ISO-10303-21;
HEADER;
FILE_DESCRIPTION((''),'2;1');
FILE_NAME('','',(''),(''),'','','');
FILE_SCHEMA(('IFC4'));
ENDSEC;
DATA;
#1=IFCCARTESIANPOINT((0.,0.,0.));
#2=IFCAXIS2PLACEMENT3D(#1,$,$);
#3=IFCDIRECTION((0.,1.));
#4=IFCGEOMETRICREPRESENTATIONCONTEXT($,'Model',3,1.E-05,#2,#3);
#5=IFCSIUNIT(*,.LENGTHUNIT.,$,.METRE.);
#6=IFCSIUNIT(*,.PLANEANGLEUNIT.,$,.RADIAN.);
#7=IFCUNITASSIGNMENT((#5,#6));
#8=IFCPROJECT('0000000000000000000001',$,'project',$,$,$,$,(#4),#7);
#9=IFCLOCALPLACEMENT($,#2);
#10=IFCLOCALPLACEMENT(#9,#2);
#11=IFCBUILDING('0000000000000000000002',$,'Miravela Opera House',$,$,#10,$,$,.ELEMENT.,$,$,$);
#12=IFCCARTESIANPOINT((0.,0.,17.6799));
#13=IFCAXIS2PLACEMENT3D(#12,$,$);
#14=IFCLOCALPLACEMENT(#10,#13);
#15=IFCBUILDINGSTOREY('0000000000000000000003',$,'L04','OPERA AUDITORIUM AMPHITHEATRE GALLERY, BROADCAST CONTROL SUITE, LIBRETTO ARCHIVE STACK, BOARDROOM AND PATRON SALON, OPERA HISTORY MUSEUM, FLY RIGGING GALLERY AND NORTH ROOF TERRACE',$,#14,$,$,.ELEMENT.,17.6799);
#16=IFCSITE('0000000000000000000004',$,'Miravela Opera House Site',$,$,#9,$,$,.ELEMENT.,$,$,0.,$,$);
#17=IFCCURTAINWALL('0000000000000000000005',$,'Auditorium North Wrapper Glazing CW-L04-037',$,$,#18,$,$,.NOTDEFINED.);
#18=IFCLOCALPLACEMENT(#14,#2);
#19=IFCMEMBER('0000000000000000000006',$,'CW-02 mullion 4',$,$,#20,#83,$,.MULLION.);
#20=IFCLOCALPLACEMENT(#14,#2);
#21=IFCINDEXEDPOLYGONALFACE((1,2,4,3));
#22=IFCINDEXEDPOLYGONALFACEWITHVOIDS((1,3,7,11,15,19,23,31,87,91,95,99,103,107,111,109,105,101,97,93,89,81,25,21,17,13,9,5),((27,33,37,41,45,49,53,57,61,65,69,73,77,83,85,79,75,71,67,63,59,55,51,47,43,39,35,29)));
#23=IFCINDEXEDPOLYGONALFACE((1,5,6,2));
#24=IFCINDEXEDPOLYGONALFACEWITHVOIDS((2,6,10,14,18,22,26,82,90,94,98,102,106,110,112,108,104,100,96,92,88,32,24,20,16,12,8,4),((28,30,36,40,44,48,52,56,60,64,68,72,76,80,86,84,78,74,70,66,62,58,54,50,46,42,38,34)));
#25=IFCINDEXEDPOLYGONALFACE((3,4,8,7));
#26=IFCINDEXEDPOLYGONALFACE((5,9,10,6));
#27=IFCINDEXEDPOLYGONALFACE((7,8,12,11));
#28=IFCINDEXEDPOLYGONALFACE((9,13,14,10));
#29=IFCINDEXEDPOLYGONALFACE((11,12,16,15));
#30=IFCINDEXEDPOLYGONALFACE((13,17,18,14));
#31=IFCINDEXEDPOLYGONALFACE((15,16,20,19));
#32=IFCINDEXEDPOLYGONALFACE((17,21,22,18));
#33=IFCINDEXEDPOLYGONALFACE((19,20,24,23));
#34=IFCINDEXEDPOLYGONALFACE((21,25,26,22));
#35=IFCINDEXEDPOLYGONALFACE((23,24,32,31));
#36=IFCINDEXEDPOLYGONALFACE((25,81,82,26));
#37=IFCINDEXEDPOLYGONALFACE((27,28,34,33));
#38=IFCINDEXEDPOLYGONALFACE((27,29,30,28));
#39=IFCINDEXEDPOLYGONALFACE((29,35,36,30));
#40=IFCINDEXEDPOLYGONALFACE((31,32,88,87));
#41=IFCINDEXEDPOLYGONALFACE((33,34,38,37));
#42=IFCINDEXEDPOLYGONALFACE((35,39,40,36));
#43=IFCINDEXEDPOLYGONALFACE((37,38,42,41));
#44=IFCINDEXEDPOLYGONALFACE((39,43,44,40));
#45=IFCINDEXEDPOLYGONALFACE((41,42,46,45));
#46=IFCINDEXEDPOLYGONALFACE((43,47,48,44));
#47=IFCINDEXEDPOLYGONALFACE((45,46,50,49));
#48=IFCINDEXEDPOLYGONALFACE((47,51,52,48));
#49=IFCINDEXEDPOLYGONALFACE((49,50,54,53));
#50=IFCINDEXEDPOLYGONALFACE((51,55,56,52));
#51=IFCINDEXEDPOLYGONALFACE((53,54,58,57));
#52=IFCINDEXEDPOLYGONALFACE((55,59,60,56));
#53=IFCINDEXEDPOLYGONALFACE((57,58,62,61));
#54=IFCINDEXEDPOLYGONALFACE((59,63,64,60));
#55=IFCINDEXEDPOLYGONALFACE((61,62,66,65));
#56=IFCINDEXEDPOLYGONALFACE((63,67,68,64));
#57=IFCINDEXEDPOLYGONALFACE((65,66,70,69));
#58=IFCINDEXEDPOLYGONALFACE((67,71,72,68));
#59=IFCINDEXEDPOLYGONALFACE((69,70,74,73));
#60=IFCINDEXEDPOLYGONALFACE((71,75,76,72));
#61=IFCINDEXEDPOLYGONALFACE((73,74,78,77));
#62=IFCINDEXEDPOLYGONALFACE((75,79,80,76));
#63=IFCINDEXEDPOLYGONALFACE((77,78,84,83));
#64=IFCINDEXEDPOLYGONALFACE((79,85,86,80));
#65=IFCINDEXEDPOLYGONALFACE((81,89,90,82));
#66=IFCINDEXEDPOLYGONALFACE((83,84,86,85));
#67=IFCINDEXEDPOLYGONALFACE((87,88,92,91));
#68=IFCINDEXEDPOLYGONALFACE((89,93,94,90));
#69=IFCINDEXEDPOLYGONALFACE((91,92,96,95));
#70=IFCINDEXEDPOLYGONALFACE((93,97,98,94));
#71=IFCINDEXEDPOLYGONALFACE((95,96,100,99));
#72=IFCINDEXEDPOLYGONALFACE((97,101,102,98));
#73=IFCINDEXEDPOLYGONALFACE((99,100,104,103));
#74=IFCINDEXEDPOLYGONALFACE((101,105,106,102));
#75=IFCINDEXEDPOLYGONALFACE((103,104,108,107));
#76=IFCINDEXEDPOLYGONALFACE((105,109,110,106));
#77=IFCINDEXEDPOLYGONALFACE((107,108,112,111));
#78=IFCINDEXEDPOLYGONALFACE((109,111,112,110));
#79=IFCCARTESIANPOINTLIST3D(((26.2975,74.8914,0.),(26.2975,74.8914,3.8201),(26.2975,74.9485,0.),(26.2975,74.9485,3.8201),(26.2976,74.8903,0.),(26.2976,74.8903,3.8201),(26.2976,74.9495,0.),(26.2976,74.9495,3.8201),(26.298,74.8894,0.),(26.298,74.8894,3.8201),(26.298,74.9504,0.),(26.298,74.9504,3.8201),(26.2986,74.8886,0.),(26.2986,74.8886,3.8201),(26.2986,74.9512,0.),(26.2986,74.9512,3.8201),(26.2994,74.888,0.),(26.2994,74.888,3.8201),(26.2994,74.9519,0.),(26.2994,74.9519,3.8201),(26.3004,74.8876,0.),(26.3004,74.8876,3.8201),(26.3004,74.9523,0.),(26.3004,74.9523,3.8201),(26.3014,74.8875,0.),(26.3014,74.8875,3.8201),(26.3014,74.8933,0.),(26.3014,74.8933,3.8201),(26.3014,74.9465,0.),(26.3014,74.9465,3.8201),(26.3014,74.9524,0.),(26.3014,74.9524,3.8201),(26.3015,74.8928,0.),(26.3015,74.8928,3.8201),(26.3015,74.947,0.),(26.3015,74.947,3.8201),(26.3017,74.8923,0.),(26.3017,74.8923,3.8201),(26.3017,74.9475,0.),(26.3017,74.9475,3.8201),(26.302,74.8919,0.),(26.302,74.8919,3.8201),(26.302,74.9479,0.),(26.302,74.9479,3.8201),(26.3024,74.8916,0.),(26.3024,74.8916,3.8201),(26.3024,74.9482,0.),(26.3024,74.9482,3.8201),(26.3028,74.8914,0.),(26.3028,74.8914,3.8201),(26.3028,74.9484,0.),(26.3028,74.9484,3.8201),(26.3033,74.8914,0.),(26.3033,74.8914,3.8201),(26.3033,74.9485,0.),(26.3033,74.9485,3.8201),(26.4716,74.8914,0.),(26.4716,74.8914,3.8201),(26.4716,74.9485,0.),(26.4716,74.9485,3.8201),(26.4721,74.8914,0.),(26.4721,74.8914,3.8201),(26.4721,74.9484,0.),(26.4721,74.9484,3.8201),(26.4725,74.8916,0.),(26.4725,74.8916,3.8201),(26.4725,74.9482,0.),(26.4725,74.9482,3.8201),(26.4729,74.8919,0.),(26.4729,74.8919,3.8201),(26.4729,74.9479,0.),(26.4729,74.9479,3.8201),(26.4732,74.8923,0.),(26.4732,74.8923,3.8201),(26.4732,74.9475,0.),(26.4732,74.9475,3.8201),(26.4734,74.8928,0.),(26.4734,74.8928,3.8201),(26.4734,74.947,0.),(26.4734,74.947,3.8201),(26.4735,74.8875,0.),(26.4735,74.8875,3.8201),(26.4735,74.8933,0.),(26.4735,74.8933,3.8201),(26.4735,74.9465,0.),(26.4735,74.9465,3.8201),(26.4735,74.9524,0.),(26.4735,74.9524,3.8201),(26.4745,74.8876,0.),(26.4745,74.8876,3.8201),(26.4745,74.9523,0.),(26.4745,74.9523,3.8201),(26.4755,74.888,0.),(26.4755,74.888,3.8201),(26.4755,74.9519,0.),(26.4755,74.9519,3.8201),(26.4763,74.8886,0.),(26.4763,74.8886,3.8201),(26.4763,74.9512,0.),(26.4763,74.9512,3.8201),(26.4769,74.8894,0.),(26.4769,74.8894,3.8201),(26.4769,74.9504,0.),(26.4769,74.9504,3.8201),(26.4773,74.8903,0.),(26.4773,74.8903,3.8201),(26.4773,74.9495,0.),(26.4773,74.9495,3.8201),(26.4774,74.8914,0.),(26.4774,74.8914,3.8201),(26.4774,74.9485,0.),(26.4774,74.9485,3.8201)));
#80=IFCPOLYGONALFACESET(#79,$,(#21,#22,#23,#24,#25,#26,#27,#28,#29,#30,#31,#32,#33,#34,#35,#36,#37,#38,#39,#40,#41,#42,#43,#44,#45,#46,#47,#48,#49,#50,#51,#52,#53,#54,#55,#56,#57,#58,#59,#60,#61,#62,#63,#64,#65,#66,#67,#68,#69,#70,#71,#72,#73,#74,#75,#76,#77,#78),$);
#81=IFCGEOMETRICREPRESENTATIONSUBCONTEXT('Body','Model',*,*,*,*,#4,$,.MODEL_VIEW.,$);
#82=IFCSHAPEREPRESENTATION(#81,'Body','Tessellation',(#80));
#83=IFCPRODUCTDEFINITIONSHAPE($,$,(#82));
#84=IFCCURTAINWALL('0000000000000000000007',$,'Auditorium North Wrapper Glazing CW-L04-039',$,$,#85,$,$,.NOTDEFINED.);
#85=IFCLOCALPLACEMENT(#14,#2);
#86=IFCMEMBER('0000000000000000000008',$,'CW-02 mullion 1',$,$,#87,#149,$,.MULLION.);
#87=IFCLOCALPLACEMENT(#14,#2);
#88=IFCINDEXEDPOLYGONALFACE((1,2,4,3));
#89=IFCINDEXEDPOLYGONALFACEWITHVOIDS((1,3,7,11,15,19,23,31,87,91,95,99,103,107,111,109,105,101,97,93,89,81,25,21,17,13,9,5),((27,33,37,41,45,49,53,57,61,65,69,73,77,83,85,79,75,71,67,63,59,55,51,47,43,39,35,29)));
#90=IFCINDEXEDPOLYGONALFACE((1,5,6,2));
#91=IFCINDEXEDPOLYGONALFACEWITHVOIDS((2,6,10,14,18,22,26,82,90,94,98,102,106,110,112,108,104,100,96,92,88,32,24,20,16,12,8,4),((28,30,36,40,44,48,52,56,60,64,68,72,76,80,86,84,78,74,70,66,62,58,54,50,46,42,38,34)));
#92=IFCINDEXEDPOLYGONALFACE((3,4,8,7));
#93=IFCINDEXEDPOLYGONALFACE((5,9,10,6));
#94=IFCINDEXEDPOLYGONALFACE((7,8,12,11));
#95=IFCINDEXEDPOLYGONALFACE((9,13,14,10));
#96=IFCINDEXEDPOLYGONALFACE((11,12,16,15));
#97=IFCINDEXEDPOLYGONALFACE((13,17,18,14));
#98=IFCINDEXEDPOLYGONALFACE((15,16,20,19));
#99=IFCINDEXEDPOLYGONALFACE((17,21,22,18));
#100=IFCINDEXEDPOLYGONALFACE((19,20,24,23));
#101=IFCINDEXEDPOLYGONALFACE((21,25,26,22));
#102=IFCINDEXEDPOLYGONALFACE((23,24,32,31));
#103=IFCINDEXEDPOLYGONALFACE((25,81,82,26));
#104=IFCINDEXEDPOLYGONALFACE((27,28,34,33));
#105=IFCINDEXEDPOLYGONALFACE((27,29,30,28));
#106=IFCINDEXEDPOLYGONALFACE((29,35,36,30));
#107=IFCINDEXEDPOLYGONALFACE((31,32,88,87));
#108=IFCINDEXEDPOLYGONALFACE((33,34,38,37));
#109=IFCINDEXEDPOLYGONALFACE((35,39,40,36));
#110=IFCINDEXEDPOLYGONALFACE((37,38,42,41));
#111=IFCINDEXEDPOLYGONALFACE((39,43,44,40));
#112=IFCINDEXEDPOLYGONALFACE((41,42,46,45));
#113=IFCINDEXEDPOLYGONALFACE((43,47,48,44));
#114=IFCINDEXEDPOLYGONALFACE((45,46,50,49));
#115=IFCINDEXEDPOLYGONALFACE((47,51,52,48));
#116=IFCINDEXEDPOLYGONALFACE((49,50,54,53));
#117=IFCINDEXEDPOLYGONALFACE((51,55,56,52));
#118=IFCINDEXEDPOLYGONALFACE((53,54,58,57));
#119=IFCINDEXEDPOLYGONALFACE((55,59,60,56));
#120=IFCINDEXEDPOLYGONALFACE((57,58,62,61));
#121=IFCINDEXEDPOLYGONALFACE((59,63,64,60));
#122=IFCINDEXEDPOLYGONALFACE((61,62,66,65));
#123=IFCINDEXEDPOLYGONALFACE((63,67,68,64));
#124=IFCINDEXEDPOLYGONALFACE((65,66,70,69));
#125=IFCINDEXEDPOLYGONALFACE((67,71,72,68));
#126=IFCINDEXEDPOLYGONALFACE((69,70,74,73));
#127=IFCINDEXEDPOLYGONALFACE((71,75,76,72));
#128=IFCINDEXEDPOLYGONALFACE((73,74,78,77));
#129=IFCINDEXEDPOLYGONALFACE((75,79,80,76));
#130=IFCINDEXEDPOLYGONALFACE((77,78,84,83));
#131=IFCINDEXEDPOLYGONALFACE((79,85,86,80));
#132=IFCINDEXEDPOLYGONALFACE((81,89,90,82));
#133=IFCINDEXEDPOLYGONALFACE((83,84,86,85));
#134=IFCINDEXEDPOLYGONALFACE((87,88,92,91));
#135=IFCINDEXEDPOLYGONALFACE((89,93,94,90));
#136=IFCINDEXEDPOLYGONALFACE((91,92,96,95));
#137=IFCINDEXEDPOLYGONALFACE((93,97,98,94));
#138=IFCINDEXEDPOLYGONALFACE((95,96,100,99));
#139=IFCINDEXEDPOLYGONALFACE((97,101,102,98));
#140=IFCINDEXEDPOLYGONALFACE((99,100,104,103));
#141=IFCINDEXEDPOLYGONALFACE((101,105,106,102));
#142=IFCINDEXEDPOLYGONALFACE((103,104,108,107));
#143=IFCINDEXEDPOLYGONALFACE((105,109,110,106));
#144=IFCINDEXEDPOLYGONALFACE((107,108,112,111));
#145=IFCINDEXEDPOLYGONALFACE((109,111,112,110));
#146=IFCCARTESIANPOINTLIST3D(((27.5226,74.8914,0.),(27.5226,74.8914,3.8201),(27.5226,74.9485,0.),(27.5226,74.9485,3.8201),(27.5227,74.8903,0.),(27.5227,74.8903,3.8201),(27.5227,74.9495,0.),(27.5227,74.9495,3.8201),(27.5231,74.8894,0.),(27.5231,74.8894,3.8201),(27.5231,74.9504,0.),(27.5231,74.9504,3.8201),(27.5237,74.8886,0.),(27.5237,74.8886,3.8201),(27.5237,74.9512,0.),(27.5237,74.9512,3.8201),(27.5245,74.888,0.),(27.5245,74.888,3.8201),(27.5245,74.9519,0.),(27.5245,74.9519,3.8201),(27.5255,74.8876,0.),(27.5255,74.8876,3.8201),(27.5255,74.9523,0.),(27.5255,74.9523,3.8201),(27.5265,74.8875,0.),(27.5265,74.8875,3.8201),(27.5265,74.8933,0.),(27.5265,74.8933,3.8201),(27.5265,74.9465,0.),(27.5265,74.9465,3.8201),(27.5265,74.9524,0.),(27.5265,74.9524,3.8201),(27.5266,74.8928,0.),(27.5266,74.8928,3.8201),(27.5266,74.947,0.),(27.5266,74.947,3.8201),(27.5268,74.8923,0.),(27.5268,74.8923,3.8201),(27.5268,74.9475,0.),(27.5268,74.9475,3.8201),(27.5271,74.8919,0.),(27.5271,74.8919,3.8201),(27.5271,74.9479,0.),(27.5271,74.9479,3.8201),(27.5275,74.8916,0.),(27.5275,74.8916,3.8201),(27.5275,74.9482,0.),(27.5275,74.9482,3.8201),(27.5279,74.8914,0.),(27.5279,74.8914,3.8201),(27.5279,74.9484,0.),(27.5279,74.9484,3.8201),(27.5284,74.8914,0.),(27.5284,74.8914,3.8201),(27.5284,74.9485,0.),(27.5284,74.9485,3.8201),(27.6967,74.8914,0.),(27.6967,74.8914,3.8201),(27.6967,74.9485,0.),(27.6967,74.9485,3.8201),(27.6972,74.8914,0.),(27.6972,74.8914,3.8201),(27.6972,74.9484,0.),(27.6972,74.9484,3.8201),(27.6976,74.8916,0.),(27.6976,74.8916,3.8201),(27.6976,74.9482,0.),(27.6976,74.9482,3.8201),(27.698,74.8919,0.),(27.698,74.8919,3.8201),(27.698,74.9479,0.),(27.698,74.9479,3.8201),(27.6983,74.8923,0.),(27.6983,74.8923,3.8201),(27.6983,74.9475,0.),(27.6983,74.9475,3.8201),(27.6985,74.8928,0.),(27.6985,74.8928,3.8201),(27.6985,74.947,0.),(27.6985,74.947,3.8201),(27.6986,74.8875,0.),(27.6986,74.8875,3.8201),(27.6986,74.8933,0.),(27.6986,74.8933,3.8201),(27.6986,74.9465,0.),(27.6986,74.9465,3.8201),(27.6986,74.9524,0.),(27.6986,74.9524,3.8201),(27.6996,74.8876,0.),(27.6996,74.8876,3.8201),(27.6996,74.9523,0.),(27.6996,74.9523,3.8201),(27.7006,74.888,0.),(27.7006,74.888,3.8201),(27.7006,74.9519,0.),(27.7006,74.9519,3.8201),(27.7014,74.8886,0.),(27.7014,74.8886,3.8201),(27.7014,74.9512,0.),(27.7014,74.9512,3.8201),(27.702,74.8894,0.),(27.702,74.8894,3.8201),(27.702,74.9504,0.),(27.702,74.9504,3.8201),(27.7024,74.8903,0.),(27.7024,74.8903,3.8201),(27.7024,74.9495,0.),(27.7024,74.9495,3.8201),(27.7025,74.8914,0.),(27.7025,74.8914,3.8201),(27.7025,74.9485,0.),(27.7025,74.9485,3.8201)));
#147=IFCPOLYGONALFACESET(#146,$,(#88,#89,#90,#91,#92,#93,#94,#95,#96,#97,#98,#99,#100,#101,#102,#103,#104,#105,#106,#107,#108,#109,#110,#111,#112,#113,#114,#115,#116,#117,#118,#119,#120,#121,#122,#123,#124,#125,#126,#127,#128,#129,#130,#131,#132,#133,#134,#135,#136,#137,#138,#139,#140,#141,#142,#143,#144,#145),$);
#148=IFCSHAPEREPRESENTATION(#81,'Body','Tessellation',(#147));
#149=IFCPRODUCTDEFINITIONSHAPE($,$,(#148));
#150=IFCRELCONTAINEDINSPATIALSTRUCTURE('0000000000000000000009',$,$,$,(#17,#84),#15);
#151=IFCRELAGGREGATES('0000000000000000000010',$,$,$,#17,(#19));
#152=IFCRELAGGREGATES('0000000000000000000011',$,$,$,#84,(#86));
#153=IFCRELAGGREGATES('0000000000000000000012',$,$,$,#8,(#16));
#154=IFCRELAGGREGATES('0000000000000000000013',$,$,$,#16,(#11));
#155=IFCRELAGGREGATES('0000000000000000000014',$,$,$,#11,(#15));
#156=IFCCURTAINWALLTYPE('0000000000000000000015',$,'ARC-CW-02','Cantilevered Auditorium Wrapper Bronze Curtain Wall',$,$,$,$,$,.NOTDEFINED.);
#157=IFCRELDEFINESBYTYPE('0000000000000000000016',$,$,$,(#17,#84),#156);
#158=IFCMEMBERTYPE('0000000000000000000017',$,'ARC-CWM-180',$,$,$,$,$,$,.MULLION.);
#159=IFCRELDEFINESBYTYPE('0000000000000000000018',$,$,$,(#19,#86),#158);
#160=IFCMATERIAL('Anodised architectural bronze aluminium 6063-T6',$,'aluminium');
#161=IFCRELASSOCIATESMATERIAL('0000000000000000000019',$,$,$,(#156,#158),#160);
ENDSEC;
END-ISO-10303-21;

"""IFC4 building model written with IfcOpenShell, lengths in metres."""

from ifc_helpers import new_model, si_unit, direction, frame, origin, origin_2d, place, context, subcontext, project, spatial, hollow_rectangle, extrude, material, material_profile, profile_set, type_object, element, aggregate, save


model = new_model("IFC4")

# Units and contexts
model_context = context("Model", 3, precision=1e-05, world=origin(), true_north=direction((0.0, 1.0)))
body_context = subcontext(model_context, "Body", "Model", "MODEL_VIEW")
ifc_project = project(units=[si_unit("LENGTHUNIT", "METRE"), si_unit("PLANEANGLEUNIT", "RADIAN")], contexts=[model_context])

# Site, building, storey
site_placement = place(None, origin())
site = spatial("IfcSite", under=ifc_project, at=site_placement, Name="Miravela Opera House Site", CompositionType="ELEMENT", RefElevation=0.0)
building_placement = place(site_placement, origin())
building = spatial("IfcBuilding", under=site, at=building_placement, Name="Miravela Opera House", CompositionType="ELEMENT")
storey_placement = place(building_placement, frame((0.0, 0.0, 17.6799)))
storey = spatial("IfcBuildingStorey", under=building, at=storey_placement, Name="L04", Description="OPERA AUDITORIUM AMPHITHEATRE GALLERY, BROADCAST CONTROL SUITE, LIBRETTO ARCHIVE STACK, BOARDROOM AND PATRON SALON, OPERA HISTORY MUSEUM, FLY RIGGING GALLERY AND NORTH ROOF TERRACE", CompositionType="ELEMENT", Elevation=17.6799)

# Curtain wall, member
ifc_material_1 = material(Name="Anodised architectural bronze aluminium 6063-T6", Category="aluminium")
curtain_wall_type = type_object("IfcCurtainWallType", Name="ARC-CW-02", Description="Cantilevered Auditorium Wrapper Bronze Curtain Wall", PredefinedType="NOTDEFINED", material=ifc_material_1)
curtain_wall_1_placement = place(storey_placement, origin())
curtain_wall_1 = element("IfcCurtainWall", 1, at=curtain_wall_1_placement, inside=storey, type_object=curtain_wall_type, Name="Auditorium North Wrapper Glazing CW-L04-037", PredefinedType="NOTDEFINED")
ifc_material_profile_1 = material_profile(ifc_material_1, hollow_rectangle(XDim=0.0649, YDim=0.1799, WallThickness=0.0039, InnerFilletRadius=0.002, OuterFilletRadius=0.0039, at=origin_2d()), Name="CWM-65X180")
ifc_profile_set_1 = profile_set([ifc_material_profile_1])
member_type_1 = type_object("IfcMemberType", Name="ARC-CWM-180", PredefinedType="MULLION", material=ifc_profile_set_1)
member_1_placement = place(storey_placement, frame((26.3875, 74.9199, 0.0), z_axis=(0.0, 0.0, 1.0), x_axis=(0.0, 1.0, 0.0)))
member_1 = element("IfcMember", 2, at=member_1_placement, type_object=member_type_1, Name="CW-02 mullion 4", PredefinedType="MULLION", context=body_context, shape_type="SweptSolid", body=[
    extrude(hollow_rectangle(XDim=0.0649, YDim=0.1799, WallThickness=0.0039, InnerFilletRadius=0.002, OuterFilletRadius=0.0039, at=origin_2d()), origin(), (0.0, 0.0, 1.0), 3.8201),
])

# Curtain wall, member
curtain_wall_2_placement = place(storey_placement, origin())
curtain_wall_2 = element("IfcCurtainWall", 3, at=curtain_wall_2_placement, inside=storey, type_object=curtain_wall_type, Name="Auditorium North Wrapper Glazing CW-L04-039", PredefinedType="NOTDEFINED")
member_2_placement = place(storey_placement, frame((27.6125, 74.9199, 0.0), z_axis=(0.0, 0.0, 1.0), x_axis=(0.0, 1.0, 0.0)))
member_2 = element("IfcMember", 4, at=member_2_placement, type_object=member_type_1, Name="CW-02 mullion 1", PredefinedType="MULLION", context=body_context, shape_type="SweptSolid", body=[
    extrude(hollow_rectangle(XDim=0.0649, YDim=0.1799, WallThickness=0.0039, InnerFilletRadius=0.002, OuterFilletRadius=0.0039, at=origin_2d()), origin(), (0.0, 0.0, 1.0), 3.8201),
])

aggregate(curtain_wall_1, [member_1])
aggregate(curtain_wall_2, [member_2])

save(model, "model.ifc")
